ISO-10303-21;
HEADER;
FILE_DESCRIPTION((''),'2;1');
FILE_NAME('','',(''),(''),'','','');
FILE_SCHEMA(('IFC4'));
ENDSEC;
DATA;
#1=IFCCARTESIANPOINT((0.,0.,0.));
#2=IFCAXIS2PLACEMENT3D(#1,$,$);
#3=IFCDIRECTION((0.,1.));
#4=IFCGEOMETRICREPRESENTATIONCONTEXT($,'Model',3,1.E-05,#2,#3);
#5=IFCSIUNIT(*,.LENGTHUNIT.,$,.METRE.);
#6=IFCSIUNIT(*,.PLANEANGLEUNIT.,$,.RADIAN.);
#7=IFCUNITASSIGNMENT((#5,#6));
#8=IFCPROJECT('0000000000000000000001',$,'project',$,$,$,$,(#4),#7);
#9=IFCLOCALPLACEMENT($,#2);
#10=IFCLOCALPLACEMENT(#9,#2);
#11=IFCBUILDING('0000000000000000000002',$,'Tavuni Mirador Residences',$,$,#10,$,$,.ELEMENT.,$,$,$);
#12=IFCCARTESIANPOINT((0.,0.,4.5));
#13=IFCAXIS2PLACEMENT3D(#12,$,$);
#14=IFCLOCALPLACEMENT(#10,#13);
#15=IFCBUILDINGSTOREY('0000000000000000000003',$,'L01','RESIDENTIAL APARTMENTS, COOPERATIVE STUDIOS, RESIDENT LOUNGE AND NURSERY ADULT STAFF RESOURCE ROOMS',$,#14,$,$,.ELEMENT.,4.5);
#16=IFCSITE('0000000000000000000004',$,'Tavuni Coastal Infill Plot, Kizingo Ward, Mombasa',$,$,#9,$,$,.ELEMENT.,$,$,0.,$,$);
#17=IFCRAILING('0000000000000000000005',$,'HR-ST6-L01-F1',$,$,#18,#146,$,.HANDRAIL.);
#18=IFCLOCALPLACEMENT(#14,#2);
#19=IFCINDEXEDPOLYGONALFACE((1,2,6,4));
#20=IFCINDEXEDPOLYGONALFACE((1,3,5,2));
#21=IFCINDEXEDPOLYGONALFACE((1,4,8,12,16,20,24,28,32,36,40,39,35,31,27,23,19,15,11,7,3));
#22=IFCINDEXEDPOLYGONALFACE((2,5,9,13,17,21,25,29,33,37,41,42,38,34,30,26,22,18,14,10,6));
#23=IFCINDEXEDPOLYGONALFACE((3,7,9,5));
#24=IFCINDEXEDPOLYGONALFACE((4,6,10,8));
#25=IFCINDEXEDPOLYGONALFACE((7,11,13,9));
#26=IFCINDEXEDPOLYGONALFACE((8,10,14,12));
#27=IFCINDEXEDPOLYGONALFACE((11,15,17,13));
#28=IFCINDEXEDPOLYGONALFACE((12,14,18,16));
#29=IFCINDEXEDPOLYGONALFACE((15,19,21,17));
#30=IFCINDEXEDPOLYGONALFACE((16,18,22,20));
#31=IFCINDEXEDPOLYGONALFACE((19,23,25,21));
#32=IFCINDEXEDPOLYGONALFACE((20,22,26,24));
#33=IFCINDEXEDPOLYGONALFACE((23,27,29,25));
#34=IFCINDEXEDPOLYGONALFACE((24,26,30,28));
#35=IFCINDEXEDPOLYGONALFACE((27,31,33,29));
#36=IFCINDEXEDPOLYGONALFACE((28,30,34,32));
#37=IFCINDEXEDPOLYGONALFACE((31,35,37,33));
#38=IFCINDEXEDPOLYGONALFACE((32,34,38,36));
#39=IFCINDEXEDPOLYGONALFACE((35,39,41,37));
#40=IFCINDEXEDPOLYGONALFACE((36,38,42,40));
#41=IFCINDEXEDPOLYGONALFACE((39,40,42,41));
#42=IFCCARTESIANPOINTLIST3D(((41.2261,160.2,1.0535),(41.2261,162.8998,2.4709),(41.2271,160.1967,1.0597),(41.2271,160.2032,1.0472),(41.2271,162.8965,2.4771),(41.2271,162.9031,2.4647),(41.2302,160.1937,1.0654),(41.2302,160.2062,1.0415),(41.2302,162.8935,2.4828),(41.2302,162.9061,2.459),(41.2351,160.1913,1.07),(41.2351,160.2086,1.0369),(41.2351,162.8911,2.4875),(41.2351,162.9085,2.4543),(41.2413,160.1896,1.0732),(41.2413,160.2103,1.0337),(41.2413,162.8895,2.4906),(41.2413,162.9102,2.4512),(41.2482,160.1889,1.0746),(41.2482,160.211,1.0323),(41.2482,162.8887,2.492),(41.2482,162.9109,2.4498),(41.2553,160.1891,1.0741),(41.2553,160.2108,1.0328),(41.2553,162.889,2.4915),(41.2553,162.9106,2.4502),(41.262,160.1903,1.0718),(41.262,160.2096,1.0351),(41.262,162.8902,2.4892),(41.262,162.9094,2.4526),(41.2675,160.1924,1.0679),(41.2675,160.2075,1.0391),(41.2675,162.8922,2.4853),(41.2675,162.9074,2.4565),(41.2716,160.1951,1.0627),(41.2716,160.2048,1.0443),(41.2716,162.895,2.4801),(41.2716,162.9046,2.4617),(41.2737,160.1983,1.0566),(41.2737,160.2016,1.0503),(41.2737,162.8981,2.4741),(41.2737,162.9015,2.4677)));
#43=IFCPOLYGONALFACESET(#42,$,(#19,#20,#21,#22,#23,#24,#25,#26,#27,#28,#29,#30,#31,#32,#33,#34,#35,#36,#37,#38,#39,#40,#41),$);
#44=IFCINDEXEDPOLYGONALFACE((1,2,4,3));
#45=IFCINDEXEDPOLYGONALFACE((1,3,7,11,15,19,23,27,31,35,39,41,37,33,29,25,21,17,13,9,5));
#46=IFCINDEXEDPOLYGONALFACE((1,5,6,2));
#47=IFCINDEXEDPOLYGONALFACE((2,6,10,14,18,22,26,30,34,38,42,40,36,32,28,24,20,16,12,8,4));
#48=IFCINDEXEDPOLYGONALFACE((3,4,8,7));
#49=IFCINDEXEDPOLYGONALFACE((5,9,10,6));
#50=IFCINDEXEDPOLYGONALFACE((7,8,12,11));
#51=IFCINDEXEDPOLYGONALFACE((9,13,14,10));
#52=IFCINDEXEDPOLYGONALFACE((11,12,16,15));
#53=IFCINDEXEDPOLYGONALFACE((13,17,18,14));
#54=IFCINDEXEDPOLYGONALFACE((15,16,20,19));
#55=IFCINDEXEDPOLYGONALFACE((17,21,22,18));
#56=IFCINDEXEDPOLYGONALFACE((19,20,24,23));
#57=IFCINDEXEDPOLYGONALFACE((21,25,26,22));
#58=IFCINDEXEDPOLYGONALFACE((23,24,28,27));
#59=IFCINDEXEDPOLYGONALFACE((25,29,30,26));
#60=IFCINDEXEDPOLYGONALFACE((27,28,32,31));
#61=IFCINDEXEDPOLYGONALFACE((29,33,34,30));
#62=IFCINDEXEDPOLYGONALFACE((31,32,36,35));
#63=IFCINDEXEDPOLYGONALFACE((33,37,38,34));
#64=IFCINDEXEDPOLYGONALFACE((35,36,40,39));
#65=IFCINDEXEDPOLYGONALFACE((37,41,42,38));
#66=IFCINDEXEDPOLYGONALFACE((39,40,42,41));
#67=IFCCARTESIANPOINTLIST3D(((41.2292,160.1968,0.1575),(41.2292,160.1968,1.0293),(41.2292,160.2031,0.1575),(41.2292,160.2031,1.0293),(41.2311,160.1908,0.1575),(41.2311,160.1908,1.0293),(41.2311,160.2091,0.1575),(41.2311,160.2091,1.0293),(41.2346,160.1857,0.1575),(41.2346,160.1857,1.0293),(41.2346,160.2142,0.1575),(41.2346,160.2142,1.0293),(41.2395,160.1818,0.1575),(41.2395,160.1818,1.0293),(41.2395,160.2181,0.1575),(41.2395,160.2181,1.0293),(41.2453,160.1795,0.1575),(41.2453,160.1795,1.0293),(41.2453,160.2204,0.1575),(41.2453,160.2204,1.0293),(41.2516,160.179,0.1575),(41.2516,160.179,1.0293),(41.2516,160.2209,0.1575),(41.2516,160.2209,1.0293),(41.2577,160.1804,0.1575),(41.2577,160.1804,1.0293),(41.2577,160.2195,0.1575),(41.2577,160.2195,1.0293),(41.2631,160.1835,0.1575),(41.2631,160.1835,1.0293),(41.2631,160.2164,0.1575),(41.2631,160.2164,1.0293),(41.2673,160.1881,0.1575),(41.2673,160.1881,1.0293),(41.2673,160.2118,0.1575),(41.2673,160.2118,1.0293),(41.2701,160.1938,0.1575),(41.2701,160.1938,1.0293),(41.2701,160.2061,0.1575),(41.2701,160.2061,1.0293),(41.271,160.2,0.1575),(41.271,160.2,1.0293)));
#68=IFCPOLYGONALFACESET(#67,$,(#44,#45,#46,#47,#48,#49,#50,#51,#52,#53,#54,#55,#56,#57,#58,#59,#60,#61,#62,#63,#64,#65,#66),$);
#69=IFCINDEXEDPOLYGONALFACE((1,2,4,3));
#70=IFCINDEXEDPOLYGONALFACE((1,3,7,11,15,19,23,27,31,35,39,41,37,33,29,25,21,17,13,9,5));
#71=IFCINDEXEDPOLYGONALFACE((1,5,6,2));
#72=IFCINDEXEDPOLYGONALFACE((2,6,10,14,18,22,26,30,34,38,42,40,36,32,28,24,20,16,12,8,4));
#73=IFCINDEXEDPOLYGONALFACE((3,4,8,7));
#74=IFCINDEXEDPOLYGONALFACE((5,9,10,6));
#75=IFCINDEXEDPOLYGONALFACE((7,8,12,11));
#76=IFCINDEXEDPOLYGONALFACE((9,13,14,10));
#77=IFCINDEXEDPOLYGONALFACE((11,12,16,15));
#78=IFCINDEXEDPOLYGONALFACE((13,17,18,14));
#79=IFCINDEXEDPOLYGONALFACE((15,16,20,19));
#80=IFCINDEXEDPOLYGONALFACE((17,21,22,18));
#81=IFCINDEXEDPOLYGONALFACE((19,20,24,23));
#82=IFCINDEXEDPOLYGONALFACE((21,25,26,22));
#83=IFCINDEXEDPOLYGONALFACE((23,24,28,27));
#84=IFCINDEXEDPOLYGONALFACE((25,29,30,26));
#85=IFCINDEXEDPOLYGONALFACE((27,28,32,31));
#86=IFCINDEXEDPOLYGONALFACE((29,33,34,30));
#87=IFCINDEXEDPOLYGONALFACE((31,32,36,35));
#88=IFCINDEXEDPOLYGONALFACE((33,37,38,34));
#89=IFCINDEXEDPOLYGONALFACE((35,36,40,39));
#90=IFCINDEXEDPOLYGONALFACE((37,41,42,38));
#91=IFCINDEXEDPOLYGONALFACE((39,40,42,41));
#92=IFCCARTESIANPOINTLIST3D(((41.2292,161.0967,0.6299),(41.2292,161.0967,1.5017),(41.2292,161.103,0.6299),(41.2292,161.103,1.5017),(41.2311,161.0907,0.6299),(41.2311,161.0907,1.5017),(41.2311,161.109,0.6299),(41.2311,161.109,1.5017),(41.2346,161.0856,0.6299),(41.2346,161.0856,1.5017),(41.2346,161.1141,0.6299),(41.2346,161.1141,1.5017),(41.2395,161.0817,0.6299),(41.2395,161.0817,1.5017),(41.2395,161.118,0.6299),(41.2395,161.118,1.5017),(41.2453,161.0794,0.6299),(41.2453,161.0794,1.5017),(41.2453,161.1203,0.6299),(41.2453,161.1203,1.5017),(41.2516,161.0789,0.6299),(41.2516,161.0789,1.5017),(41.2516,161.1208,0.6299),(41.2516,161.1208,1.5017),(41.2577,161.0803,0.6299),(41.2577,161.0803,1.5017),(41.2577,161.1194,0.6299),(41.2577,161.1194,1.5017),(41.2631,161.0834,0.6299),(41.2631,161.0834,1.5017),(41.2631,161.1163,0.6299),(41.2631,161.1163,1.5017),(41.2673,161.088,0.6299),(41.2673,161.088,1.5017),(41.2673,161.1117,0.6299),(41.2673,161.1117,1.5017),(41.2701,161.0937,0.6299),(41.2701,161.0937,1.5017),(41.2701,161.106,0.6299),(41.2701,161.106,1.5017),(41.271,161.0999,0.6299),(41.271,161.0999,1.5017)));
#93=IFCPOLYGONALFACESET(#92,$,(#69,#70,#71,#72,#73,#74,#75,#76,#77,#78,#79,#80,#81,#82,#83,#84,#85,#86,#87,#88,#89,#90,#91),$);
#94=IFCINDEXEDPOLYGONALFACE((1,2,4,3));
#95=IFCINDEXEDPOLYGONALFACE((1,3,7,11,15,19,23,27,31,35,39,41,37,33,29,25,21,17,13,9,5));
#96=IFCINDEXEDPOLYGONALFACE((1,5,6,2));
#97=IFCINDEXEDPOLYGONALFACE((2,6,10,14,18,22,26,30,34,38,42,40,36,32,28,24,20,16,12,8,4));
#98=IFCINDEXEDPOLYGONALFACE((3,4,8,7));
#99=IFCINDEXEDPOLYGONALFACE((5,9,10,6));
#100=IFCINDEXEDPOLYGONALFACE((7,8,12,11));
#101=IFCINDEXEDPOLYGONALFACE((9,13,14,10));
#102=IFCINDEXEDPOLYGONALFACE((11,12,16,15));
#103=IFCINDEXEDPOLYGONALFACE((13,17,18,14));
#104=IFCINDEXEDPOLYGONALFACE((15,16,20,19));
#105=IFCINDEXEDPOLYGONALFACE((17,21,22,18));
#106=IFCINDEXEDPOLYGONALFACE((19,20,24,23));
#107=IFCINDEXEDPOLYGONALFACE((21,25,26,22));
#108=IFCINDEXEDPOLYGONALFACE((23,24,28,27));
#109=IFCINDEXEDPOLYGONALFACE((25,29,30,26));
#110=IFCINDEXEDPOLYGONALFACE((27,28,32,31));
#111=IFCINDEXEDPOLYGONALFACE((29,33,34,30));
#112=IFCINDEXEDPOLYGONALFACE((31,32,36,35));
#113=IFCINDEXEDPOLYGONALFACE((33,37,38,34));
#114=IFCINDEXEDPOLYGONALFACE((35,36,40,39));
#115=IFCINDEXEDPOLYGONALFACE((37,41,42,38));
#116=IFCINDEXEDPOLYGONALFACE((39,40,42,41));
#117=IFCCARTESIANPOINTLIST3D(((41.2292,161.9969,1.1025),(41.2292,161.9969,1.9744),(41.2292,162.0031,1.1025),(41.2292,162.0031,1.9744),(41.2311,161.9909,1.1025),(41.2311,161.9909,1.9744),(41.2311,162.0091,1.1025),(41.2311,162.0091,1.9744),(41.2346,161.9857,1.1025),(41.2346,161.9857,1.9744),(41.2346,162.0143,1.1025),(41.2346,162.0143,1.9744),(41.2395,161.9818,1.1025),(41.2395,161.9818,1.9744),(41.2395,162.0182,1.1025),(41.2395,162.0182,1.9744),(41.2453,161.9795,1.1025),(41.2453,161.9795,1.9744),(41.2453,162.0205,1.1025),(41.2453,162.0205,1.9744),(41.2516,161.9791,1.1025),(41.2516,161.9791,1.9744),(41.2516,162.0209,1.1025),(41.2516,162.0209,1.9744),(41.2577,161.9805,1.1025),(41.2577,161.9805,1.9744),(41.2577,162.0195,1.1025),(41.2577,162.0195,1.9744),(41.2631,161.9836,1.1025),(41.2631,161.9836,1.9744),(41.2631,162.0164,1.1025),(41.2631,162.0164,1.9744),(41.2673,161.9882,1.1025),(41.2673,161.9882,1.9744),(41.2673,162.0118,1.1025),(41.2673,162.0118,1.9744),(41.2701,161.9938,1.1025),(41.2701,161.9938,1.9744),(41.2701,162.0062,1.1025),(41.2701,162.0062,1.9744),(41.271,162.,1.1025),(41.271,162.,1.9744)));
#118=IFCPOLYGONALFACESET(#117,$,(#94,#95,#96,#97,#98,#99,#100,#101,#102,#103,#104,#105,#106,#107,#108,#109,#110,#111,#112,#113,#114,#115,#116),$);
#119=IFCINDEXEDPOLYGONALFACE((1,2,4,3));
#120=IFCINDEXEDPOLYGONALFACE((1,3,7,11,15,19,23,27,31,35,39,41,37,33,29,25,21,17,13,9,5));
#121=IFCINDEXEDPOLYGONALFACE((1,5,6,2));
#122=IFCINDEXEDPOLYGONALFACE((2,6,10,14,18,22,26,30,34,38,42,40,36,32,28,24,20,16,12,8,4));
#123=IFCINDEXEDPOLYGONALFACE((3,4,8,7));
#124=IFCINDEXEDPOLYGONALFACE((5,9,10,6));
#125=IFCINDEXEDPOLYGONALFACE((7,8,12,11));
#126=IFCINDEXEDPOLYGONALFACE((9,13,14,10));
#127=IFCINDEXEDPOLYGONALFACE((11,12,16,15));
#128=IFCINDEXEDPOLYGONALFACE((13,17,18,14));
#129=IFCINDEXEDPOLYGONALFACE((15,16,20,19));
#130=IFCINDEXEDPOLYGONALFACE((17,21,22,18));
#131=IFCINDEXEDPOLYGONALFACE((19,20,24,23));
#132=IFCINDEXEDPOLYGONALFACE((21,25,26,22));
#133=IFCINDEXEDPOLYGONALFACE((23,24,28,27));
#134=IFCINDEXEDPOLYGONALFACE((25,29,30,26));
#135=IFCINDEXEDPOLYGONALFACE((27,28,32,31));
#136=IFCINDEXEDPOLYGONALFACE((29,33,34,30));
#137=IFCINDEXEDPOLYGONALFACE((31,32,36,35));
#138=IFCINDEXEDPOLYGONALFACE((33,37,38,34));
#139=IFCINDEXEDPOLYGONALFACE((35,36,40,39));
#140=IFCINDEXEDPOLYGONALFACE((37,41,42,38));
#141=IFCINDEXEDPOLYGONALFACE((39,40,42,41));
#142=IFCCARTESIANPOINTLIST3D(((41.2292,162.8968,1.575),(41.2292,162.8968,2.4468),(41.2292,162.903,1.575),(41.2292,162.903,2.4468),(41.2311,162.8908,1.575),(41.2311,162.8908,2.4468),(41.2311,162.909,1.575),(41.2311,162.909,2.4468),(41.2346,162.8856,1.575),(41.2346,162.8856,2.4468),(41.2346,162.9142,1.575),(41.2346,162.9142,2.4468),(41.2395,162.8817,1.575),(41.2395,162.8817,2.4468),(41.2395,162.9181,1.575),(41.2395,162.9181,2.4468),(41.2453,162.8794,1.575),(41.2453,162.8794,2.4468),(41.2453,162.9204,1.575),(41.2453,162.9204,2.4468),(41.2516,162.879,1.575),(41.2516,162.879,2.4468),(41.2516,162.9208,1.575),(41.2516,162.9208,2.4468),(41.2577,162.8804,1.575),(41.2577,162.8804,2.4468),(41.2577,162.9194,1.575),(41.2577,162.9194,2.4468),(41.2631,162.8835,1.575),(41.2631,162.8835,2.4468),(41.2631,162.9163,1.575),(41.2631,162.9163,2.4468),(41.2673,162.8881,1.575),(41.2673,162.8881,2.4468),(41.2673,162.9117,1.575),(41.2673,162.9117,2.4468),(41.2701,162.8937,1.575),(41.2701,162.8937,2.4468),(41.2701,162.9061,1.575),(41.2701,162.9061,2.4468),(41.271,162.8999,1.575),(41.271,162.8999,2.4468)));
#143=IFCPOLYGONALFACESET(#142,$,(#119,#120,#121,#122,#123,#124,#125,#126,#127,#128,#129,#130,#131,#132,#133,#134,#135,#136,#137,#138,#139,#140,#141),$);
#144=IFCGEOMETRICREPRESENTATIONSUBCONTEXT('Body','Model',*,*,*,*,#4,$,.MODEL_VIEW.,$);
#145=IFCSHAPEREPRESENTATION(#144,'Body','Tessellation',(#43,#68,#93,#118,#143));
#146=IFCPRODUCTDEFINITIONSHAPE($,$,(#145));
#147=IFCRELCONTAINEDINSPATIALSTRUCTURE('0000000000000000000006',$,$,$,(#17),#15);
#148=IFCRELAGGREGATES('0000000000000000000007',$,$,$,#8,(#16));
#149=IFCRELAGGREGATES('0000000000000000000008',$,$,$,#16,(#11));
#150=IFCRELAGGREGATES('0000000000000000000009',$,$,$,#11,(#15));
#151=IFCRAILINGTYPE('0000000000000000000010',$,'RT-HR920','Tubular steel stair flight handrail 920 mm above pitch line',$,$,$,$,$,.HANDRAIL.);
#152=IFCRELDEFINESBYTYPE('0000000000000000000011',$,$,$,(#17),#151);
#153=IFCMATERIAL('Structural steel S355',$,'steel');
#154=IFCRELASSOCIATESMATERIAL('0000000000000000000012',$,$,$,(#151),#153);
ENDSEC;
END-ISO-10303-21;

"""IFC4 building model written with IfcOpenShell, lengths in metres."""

from ifc_helpers import new_model, si_unit, direction, frame, origin, origin_2d, place, context, subcontext, project, spatial, circle, extrude, material, type_object, element, save


model = new_model("IFC4")

# Units and contexts
model_context = context("Model", 3, precision=1e-05, world=origin(), true_north=direction((0.0, 1.0)))
body_context = subcontext(model_context, "Body", "Model", "MODEL_VIEW")
ifc_project = project(units=[si_unit("LENGTHUNIT", "METRE"), si_unit("PLANEANGLEUNIT", "RADIAN")], contexts=[model_context])

# Site, building, storey
site_placement = place(None, origin())
site = spatial("IfcSite", under=ifc_project, at=site_placement, Name="Tavuni Coastal Infill Plot, Kizingo Ward, Mombasa", CompositionType="ELEMENT", RefElevation=0.0)
building_placement = place(site_placement, origin())
building = spatial("IfcBuilding", under=site, at=building_placement, Name="Tavuni Mirador Residences", CompositionType="ELEMENT")
storey_placement = place(building_placement, frame((0.0, 0.0, 4.5)))
storey = spatial("IfcBuildingStorey", under=building, at=storey_placement, Name="L01", Description="RESIDENTIAL APARTMENTS, COOPERATIVE STUDIOS, RESIDENT LOUNGE AND NURSERY ADULT STAFF RESOURCE ROOMS", CompositionType="ELEMENT", Elevation=4.5)

# Shared definitions
ifc_material_1 = material(Name="Structural steel S355", Category="steel")

# Railing
railing_type_1 = type_object("IfcRailingType", Name="RT-HR920", Description="Tubular steel stair flight handrail 920 mm above pitch line", PredefinedType="HANDRAIL", material=ifc_material_1)
railing_1_placement = place(storey_placement, frame((41.25, 160.2, 0.1575)))
element("IfcRailing", 1, at=railing_1_placement, inside=storey, type_object=railing_type_1, Name="HR-ST6-L01-F1", PredefinedType="HANDRAIL", context=body_context, shape_type="SweptSolid", body=[
    extrude(circle(Radius=0.0239, at=origin_2d()), frame((0.0, 0.0, 0.896), z_axis=(0.0, 0.885397, 0.464835), x_axis=(-1.0, 0.0, 0.0)), (0.0, 0.0, 1.0), 3.0493),
    extrude(circle(Radius=0.021, at=origin_2d()), origin(), (0.0, 0.0, 1.0), 0.8718),
    extrude(circle(Radius=0.021, at=origin_2d()), frame((0.0, 0.8999, 0.4724)), (0.0, 0.0, 1.0), 0.8718),
    extrude(circle(Radius=0.021, at=origin_2d()), frame((0.0, 1.8, 0.9451)), (0.0, 0.0, 1.0), 0.8718),
    extrude(circle(Radius=0.021, at=origin_2d()), frame((0.0, 2.7, 1.4175)), (0.0, 0.0, 1.0), 0.8718),
])

save(model, "model.ifc")
